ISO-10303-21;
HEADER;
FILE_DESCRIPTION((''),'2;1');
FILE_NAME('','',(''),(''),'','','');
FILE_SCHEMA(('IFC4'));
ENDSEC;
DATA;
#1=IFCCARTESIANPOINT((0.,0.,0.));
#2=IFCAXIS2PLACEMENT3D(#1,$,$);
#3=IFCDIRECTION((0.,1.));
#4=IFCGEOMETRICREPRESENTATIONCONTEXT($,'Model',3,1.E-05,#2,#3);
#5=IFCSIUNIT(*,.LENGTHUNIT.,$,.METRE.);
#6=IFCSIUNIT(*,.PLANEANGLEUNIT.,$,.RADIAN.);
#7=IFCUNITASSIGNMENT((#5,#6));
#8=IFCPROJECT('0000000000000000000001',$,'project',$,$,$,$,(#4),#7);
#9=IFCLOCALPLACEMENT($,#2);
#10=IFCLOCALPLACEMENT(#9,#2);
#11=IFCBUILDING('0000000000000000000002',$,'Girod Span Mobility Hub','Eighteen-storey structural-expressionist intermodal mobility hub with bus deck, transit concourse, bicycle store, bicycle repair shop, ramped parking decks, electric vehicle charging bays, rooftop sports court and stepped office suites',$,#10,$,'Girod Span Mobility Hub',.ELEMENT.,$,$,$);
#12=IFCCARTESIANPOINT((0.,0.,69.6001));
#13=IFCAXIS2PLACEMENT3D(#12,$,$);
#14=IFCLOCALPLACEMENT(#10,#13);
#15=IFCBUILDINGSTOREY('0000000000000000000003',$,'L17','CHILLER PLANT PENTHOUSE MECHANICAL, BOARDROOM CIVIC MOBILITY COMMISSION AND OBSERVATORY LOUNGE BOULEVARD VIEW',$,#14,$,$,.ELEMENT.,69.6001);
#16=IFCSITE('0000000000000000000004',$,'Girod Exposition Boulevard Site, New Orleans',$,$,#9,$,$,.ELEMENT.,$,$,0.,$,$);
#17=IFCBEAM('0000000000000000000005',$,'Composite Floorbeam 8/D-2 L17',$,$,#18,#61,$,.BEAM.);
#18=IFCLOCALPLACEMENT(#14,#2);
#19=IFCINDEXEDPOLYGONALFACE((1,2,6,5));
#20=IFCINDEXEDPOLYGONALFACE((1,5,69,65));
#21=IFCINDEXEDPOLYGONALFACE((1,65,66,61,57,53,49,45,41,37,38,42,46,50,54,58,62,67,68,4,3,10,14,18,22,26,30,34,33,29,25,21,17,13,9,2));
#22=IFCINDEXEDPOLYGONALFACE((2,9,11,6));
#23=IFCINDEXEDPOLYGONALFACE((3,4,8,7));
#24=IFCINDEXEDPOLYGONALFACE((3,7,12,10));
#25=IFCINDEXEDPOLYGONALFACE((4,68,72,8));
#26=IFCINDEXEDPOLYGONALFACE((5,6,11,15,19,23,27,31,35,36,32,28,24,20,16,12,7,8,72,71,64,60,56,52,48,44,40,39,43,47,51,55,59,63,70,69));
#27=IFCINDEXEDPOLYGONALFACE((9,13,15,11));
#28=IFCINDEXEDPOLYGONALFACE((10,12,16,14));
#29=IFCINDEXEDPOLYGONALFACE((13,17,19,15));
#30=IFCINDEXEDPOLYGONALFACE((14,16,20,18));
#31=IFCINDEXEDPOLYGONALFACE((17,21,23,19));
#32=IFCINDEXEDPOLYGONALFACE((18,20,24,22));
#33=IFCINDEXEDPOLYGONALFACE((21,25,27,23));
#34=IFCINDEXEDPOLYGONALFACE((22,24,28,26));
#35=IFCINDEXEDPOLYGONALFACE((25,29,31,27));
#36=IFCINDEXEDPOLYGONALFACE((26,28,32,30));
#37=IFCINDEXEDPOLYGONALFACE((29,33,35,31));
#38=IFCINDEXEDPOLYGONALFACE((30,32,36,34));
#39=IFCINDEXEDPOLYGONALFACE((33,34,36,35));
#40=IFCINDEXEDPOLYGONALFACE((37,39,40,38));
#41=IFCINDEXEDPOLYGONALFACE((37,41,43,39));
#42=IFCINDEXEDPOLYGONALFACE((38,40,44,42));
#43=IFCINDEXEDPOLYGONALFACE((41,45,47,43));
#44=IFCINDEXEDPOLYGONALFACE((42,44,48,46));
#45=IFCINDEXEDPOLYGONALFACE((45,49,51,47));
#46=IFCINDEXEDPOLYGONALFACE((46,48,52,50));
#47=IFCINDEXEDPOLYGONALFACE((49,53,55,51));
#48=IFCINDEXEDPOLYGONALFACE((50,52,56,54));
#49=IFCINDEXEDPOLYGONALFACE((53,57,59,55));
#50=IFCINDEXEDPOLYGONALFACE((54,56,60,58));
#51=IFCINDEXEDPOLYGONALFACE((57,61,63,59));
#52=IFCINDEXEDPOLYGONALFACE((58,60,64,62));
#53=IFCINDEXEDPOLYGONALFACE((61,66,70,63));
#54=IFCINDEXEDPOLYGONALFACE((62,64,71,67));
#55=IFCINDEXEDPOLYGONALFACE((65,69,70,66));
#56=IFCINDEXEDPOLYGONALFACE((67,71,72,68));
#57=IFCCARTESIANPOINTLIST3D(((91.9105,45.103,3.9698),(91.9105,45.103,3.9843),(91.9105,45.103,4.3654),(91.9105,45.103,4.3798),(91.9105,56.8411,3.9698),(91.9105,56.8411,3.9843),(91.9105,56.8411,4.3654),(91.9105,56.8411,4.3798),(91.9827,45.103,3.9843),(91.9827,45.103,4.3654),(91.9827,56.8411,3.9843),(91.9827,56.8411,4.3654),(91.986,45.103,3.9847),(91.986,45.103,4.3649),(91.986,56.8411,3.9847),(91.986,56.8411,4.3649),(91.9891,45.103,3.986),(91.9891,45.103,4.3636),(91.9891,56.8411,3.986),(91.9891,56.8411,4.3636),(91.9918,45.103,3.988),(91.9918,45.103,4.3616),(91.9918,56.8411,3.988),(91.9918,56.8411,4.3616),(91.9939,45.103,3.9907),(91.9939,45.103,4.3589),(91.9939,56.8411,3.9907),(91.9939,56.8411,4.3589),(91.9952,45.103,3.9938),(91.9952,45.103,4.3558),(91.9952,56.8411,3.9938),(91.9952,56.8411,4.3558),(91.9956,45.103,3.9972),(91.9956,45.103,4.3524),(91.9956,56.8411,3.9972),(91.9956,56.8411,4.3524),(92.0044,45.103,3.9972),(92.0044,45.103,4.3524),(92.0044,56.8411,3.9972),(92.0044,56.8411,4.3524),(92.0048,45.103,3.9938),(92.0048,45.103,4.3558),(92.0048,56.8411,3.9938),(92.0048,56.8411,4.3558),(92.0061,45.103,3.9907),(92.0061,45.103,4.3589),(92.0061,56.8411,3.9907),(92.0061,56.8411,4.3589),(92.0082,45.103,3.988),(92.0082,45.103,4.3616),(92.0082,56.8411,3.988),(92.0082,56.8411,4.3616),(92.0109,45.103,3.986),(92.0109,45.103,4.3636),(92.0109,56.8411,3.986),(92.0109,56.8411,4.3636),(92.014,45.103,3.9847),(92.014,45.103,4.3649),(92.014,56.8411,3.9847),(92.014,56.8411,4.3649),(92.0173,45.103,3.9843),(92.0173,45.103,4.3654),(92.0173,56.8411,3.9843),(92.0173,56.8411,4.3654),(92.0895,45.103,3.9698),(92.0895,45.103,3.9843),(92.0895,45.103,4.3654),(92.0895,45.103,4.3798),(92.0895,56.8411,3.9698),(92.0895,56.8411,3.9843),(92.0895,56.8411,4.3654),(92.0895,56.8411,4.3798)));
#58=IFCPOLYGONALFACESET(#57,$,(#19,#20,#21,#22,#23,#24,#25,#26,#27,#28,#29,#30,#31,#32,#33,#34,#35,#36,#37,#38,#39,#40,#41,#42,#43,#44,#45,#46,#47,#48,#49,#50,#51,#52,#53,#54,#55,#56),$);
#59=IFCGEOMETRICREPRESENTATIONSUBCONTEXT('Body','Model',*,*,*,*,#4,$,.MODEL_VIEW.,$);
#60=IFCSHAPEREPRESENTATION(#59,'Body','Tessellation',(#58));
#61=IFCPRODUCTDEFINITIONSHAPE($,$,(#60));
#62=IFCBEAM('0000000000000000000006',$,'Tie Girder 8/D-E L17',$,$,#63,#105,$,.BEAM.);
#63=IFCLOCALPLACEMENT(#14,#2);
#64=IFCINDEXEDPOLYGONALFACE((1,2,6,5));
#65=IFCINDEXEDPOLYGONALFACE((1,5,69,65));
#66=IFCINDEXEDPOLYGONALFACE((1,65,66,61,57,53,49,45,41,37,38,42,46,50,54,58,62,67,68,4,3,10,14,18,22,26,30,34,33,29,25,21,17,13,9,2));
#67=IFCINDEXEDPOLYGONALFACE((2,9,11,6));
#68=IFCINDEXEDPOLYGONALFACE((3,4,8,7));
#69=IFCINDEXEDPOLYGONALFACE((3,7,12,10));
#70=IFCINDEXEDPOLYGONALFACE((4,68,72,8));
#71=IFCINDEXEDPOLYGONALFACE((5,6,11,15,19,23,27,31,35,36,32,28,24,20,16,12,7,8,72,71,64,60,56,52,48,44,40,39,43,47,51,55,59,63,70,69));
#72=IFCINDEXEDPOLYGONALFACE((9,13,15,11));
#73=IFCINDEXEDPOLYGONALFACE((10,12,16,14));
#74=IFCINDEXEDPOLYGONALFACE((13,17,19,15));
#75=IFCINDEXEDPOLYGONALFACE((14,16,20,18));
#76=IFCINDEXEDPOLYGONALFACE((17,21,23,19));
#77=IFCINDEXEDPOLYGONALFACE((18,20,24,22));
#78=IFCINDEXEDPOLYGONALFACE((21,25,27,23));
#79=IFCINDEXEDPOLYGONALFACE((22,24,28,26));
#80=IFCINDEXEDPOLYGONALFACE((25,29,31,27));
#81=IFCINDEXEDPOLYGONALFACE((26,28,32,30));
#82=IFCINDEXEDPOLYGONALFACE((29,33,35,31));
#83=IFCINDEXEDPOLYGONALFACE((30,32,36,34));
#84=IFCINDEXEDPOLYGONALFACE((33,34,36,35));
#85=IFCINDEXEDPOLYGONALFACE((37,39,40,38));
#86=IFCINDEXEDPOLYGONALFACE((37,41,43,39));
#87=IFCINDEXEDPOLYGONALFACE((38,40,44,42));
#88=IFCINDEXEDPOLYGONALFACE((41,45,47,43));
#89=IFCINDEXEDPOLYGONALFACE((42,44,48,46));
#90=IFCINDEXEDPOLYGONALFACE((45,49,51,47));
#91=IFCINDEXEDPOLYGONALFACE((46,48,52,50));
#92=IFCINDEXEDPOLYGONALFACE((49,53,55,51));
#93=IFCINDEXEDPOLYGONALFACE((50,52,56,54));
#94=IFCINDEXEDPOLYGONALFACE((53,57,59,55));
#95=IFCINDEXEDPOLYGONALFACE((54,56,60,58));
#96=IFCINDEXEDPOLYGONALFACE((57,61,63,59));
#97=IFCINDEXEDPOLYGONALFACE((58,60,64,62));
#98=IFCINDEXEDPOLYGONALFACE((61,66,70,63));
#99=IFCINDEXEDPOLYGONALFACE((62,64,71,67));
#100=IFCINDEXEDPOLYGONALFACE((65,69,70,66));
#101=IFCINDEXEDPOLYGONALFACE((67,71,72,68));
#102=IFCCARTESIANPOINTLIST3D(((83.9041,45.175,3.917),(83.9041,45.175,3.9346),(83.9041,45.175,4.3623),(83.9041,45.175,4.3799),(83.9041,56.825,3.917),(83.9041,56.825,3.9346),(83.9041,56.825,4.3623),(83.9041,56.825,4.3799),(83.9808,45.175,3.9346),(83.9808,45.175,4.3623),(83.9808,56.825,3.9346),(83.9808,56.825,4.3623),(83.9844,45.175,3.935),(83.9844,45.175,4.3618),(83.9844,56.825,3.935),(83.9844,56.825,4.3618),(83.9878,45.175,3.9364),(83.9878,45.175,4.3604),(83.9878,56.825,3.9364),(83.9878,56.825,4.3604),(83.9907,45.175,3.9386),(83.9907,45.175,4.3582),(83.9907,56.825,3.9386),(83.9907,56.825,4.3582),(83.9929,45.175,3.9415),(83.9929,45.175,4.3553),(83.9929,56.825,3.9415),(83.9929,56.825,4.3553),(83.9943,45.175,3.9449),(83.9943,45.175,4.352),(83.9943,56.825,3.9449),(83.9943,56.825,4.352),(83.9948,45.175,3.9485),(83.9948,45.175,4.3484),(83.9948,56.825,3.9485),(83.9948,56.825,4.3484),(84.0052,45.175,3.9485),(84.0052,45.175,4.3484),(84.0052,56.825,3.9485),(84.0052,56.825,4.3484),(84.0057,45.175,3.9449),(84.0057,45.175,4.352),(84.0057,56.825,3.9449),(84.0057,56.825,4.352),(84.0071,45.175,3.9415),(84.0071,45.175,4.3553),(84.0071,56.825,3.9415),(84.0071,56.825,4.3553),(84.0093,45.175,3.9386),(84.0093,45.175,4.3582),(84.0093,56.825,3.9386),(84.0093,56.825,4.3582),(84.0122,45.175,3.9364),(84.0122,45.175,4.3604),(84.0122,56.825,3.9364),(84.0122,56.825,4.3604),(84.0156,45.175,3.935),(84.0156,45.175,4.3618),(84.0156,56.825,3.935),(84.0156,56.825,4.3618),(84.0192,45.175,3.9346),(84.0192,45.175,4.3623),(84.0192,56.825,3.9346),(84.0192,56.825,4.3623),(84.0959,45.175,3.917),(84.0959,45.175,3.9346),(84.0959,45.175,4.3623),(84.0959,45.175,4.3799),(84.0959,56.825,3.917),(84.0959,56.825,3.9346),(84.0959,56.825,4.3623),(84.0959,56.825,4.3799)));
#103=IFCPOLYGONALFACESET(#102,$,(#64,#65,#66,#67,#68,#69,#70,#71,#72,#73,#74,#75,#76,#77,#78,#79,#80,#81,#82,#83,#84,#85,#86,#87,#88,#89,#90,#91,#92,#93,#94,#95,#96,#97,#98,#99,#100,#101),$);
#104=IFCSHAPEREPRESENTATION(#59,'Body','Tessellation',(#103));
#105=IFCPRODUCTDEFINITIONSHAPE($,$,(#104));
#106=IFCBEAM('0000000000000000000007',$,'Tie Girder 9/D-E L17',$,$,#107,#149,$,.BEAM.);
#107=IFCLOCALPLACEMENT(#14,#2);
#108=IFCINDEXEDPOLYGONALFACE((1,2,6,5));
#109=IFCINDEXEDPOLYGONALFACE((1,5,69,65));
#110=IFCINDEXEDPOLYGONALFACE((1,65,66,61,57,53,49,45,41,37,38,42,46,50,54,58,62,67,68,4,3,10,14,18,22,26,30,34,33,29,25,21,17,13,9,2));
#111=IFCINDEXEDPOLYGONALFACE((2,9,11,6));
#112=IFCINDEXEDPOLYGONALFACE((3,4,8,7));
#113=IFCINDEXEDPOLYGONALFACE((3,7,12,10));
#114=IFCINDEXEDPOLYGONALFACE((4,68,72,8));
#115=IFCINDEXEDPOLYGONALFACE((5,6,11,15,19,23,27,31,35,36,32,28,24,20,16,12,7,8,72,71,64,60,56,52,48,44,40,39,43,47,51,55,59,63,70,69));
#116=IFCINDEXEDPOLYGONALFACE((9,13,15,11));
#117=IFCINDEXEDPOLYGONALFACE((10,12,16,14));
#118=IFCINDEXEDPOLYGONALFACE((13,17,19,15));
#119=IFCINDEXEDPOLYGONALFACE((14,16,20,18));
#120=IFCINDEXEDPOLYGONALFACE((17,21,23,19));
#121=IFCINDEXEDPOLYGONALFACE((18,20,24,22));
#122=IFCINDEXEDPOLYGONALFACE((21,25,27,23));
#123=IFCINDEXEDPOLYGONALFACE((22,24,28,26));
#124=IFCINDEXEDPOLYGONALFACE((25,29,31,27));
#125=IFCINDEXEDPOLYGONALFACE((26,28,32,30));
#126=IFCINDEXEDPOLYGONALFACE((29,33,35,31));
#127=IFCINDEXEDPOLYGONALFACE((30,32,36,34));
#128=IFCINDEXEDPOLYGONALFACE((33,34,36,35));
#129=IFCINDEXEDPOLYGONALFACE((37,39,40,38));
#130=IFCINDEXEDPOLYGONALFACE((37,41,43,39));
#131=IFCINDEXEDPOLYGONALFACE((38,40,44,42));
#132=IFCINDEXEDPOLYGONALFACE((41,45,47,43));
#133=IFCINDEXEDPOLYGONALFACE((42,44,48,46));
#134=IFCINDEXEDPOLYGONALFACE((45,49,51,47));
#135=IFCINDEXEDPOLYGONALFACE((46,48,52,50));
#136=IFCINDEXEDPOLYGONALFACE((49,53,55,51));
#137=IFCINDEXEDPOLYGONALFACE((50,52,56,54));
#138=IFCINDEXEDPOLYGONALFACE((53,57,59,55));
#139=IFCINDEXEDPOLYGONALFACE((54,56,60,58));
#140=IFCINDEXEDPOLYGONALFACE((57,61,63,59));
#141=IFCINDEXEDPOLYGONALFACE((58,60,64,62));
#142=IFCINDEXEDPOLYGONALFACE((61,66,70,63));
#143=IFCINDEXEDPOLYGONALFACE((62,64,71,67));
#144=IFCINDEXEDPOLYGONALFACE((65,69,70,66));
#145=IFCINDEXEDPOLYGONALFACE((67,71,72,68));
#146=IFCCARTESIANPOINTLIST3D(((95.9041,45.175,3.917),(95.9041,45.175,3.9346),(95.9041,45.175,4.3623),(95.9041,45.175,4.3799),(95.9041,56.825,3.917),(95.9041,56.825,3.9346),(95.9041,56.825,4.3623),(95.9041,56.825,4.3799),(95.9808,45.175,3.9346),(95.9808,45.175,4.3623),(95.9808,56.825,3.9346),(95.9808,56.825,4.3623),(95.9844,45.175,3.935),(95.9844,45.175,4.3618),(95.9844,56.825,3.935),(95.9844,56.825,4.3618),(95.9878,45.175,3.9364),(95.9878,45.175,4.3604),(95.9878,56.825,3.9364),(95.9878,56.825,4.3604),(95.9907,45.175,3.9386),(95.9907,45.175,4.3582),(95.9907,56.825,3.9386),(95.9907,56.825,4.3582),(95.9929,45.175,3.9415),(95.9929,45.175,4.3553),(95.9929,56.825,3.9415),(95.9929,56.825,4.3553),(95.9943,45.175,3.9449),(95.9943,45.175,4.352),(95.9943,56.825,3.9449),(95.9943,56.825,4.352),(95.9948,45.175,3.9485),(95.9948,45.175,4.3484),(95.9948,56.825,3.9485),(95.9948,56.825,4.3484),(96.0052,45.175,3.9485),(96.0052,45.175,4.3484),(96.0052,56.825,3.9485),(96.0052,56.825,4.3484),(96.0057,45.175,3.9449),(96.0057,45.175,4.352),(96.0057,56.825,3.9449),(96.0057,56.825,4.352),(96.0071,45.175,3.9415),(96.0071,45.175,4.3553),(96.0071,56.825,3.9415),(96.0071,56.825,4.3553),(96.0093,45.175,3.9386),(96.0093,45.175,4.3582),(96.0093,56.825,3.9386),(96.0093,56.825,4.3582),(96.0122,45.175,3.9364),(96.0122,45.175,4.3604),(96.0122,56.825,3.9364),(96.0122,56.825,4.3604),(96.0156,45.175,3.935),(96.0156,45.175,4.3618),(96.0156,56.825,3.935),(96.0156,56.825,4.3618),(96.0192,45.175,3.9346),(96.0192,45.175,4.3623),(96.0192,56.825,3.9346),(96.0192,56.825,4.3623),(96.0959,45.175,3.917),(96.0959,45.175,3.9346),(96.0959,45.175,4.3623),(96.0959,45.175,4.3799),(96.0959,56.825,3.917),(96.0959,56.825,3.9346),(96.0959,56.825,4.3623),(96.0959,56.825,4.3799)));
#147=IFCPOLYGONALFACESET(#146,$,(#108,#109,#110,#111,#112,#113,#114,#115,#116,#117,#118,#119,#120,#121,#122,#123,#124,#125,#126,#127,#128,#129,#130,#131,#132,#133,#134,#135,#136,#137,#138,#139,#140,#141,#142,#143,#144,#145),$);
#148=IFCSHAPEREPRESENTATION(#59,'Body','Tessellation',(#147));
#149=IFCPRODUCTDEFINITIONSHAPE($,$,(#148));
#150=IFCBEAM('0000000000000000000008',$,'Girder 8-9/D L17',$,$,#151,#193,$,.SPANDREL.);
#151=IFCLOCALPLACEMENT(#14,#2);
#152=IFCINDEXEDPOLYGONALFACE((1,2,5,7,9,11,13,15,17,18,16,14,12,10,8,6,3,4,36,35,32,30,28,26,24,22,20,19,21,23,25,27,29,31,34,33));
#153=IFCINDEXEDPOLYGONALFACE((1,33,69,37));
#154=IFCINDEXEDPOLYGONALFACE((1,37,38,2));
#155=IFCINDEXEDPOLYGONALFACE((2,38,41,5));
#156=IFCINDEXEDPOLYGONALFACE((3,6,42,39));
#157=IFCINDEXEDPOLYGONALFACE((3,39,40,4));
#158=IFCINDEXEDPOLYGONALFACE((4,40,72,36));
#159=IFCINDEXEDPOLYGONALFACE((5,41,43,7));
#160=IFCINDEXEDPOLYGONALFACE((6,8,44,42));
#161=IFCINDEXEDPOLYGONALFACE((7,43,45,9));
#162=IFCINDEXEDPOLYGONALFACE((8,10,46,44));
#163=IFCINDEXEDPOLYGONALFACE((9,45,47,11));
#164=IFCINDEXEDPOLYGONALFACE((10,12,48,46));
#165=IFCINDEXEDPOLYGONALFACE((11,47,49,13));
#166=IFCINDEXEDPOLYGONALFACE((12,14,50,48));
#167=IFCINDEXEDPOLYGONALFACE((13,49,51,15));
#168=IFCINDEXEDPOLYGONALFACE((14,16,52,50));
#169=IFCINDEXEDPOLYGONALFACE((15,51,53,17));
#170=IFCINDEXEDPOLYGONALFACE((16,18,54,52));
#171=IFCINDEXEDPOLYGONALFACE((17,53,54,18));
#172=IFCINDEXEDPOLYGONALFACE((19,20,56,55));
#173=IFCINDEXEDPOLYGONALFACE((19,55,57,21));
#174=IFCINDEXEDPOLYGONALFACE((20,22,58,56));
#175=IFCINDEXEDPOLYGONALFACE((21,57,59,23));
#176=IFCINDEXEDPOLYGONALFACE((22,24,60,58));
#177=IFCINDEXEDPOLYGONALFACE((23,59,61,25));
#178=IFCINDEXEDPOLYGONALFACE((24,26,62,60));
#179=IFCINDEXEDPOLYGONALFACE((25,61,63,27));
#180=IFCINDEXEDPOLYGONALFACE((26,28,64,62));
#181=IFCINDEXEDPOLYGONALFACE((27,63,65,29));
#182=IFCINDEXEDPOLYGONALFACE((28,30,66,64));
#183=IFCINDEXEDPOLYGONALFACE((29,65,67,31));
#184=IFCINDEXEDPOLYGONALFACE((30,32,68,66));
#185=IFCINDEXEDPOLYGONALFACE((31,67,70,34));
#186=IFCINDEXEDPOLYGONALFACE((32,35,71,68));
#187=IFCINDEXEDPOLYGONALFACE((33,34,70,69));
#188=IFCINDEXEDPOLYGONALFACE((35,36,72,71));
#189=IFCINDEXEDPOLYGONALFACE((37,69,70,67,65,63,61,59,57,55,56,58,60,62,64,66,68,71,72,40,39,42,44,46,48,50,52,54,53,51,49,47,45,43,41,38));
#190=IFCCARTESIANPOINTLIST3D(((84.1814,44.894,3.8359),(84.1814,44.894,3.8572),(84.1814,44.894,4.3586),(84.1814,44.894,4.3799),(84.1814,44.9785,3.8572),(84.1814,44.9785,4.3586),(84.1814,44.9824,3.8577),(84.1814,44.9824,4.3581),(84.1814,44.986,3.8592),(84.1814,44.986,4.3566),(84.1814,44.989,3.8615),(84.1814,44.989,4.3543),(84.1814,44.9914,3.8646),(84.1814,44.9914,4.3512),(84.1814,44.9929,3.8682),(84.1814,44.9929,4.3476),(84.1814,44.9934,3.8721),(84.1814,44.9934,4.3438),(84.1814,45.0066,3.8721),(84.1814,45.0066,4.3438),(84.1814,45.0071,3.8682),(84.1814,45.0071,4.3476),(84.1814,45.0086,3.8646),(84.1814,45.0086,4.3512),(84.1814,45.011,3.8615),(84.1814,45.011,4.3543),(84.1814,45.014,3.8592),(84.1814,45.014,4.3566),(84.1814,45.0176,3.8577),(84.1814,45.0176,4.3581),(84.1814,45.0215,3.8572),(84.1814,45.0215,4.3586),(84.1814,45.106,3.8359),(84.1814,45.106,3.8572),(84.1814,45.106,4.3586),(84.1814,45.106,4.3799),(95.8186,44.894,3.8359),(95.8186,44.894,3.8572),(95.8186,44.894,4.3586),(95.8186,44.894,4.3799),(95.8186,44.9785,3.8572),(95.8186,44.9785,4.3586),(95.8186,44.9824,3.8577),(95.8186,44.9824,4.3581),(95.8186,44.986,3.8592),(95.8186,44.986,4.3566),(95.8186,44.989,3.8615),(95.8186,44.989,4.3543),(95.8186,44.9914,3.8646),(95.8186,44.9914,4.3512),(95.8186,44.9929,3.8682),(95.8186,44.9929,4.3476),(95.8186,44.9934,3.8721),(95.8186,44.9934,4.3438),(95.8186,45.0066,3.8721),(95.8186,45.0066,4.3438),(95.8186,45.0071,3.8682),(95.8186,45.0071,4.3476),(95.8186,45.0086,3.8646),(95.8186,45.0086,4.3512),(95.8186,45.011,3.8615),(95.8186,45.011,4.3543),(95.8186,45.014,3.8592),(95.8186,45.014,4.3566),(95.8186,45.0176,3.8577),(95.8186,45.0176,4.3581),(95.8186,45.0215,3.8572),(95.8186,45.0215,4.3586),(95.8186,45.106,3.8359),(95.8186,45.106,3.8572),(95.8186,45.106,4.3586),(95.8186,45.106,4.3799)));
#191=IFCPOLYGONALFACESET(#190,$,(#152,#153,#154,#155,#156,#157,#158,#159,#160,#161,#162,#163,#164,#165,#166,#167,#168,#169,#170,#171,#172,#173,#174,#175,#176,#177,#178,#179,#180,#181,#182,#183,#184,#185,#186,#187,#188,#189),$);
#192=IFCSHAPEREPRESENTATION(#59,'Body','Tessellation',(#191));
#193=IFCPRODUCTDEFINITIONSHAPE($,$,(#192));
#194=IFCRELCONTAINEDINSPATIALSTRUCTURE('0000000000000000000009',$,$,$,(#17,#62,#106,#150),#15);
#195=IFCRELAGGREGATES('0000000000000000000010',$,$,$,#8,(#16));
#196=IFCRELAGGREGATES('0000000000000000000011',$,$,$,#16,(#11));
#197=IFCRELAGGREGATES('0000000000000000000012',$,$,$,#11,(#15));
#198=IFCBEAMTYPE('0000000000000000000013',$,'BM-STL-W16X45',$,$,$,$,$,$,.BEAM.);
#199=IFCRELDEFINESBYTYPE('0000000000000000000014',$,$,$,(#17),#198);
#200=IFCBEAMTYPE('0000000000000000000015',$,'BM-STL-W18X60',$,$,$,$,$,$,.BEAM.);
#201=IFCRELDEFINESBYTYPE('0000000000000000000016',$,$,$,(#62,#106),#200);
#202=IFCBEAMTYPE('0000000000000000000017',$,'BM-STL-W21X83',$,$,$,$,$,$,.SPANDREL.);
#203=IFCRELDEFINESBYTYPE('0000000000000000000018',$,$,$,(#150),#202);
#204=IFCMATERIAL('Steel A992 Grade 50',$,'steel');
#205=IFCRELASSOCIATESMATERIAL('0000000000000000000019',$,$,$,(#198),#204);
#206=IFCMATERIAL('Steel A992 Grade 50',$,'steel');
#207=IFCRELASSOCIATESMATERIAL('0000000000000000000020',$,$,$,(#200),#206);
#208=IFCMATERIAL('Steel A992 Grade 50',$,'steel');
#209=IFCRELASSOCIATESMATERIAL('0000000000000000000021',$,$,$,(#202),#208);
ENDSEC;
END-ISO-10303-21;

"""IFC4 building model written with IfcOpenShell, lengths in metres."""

from ifc_helpers import new_model, si_unit, direction, frame, origin, origin_2d, place, context, subcontext, project, spatial, i_section, extrude, material, material_profile, profile_set, type_object, element, save


model = new_model("IFC4")

# Units and contexts
model_context = context("Model", 3, precision=1e-05, world=origin(), true_north=direction((0.0, 1.0)))
body_context = subcontext(model_context, "Body", "Model", "MODEL_VIEW")
ifc_project = project(units=[si_unit("LENGTHUNIT", "METRE"), si_unit("PLANEANGLEUNIT", "RADIAN")], contexts=[model_context])

# Site, building, storey
site_placement = place(None, origin())
site = spatial("IfcSite", under=ifc_project, at=site_placement, Name="Girod Exposition Boulevard Site, New Orleans", CompositionType="ELEMENT", RefElevation=0.0)
building_placement = place(site_placement, origin())
building = spatial("IfcBuilding", under=site, at=building_placement, Name="Girod Span Mobility Hub", Description="Eighteen-storey structural-expressionist intermodal mobility hub with bus deck, transit concourse, bicycle store, bicycle repair shop, ramped parking decks, electric vehicle charging bays, rooftop sports court and stepped office suites", LongName="Girod Span Mobility Hub", CompositionType="ELEMENT")
storey_placement = place(building_placement, frame((0.0, 0.0, 69.6001)))
storey = spatial("IfcBuildingStorey", under=building, at=storey_placement, Name="L17", Description="CHILLER PLANT PENTHOUSE MECHANICAL, BOARDROOM CIVIC MOBILITY COMMISSION AND OBSERVATORY LOUNGE BOULEVARD VIEW", CompositionType="ELEMENT", Elevation=69.6001)

# Beams
ifc_material_1 = material(Name="Steel A992 Grade 50", Category="steel")
ifc_material_profile_1 = material_profile(ifc_material_1, i_section(OverallWidth=0.179, OverallDepth=0.4099, WebThickness=0.0088, FlangeThickness=0.0144, FilletRadius=0.0129, at=origin_2d()), Name="W16X45")
ifc_profile_set_1 = profile_set([ifc_material_profile_1], Name="Steel A992 Grade 50")
beam_type_1 = type_object("IfcBeamType", Name="BM-STL-W16X45", PredefinedType="BEAM", material=ifc_profile_set_1)
for number, where, z_axis, x_axis, name in (
    (1, (92.0, 45.103, 4.1748), (0.0, 1.0, 0.0), (-1.0, 0.0, 0.0), "Composite Floorbeam 8/D-2 L17"),
):
    element("IfcBeam", number, at=place(storey_placement, frame(where, z_axis=z_axis, x_axis=x_axis)), inside=storey, type_object=beam_type_1, Name=name, PredefinedType="BEAM", context=body_context, shape_type="SweptSolid", body=[
        extrude(i_section(OverallWidth=0.179, OverallDepth=0.4099, WebThickness=0.0088, FlangeThickness=0.0144, FilletRadius=0.0129, at=origin_2d()), origin(), (0.0, 0.0, 1.0), 11.738),
    ])
ifc_material_2 = material(Name="Steel A992 Grade 50", Category="steel")
ifc_material_profile_2 = material_profile(ifc_material_2, i_section(OverallWidth=0.1919, OverallDepth=0.4629, WebThickness=0.0105, FlangeThickness=0.0176, FilletRadius=0.0139, at=origin_2d()), Name="W18X60")
ifc_profile_set_2 = profile_set([ifc_material_profile_2], Name="Steel A992 Grade 50")
beam_type_2 = type_object("IfcBeamType", Name="BM-STL-W18X60", PredefinedType="BEAM", material=ifc_profile_set_2)
for number, where, z_axis, x_axis, name in (
    (2, (84.0, 45.175, 4.1484), (0.0, 1.0, 0.0), (-1.0, 0.0, 0.0), "Tie Girder 8/D-E L17"),
    (3, (96.0, 45.175, 4.1484), (0.0, 1.0, 0.0), (-1.0, 0.0, 0.0), "Tie Girder 9/D-E L17"),
):
    element("IfcBeam", number, at=place(storey_placement, frame(where, z_axis=z_axis, x_axis=x_axis)), inside=storey, type_object=beam_type_2, Name=name, PredefinedType="BEAM", context=body_context, shape_type="SweptSolid", body=[
        extrude(i_section(OverallWidth=0.1919, OverallDepth=0.4629, WebThickness=0.0105, FlangeThickness=0.0176, FilletRadius=0.0139, at=origin_2d()), origin(), (0.0, 0.0, 1.0), 11.6499),
    ])
ifc_material_3 = material(Name="Steel A992 Grade 50", Category="steel")
ifc_material_profile_3 = material_profile(ifc_material_3, i_section(OverallWidth=0.2119, OverallDepth=0.5439, WebThickness=0.0132, FlangeThickness=0.0212, FilletRadius=0.0149, at=origin_2d()), Name="W21X83")
ifc_profile_set_3 = profile_set([ifc_material_profile_3], Name="Steel A992 Grade 50")
beam_type_3 = type_object("IfcBeamType", Name="BM-STL-W21X83", PredefinedType="SPANDREL", material=ifc_profile_set_3)
for number, where, z_axis, x_axis, name in (
    (4, (84.1814, 45.0, 4.1079), (1.0, 0.0, 0.0), (0.0, 1.0, 0.0), "Girder 8-9/D L17"),
):
    element("IfcBeam", number, at=place(storey_placement, frame(where, z_axis=z_axis, x_axis=x_axis)), inside=storey, type_object=beam_type_3, Name=name, PredefinedType="SPANDREL", context=body_context, shape_type="SweptSolid", body=[
        extrude(i_section(OverallWidth=0.2119, OverallDepth=0.5439, WebThickness=0.0132, FlangeThickness=0.0212, FilletRadius=0.0149, at=origin_2d()), origin(), (0.0, 0.0, 1.0), 11.6372),
    ])

save(model, "model.ifc")
